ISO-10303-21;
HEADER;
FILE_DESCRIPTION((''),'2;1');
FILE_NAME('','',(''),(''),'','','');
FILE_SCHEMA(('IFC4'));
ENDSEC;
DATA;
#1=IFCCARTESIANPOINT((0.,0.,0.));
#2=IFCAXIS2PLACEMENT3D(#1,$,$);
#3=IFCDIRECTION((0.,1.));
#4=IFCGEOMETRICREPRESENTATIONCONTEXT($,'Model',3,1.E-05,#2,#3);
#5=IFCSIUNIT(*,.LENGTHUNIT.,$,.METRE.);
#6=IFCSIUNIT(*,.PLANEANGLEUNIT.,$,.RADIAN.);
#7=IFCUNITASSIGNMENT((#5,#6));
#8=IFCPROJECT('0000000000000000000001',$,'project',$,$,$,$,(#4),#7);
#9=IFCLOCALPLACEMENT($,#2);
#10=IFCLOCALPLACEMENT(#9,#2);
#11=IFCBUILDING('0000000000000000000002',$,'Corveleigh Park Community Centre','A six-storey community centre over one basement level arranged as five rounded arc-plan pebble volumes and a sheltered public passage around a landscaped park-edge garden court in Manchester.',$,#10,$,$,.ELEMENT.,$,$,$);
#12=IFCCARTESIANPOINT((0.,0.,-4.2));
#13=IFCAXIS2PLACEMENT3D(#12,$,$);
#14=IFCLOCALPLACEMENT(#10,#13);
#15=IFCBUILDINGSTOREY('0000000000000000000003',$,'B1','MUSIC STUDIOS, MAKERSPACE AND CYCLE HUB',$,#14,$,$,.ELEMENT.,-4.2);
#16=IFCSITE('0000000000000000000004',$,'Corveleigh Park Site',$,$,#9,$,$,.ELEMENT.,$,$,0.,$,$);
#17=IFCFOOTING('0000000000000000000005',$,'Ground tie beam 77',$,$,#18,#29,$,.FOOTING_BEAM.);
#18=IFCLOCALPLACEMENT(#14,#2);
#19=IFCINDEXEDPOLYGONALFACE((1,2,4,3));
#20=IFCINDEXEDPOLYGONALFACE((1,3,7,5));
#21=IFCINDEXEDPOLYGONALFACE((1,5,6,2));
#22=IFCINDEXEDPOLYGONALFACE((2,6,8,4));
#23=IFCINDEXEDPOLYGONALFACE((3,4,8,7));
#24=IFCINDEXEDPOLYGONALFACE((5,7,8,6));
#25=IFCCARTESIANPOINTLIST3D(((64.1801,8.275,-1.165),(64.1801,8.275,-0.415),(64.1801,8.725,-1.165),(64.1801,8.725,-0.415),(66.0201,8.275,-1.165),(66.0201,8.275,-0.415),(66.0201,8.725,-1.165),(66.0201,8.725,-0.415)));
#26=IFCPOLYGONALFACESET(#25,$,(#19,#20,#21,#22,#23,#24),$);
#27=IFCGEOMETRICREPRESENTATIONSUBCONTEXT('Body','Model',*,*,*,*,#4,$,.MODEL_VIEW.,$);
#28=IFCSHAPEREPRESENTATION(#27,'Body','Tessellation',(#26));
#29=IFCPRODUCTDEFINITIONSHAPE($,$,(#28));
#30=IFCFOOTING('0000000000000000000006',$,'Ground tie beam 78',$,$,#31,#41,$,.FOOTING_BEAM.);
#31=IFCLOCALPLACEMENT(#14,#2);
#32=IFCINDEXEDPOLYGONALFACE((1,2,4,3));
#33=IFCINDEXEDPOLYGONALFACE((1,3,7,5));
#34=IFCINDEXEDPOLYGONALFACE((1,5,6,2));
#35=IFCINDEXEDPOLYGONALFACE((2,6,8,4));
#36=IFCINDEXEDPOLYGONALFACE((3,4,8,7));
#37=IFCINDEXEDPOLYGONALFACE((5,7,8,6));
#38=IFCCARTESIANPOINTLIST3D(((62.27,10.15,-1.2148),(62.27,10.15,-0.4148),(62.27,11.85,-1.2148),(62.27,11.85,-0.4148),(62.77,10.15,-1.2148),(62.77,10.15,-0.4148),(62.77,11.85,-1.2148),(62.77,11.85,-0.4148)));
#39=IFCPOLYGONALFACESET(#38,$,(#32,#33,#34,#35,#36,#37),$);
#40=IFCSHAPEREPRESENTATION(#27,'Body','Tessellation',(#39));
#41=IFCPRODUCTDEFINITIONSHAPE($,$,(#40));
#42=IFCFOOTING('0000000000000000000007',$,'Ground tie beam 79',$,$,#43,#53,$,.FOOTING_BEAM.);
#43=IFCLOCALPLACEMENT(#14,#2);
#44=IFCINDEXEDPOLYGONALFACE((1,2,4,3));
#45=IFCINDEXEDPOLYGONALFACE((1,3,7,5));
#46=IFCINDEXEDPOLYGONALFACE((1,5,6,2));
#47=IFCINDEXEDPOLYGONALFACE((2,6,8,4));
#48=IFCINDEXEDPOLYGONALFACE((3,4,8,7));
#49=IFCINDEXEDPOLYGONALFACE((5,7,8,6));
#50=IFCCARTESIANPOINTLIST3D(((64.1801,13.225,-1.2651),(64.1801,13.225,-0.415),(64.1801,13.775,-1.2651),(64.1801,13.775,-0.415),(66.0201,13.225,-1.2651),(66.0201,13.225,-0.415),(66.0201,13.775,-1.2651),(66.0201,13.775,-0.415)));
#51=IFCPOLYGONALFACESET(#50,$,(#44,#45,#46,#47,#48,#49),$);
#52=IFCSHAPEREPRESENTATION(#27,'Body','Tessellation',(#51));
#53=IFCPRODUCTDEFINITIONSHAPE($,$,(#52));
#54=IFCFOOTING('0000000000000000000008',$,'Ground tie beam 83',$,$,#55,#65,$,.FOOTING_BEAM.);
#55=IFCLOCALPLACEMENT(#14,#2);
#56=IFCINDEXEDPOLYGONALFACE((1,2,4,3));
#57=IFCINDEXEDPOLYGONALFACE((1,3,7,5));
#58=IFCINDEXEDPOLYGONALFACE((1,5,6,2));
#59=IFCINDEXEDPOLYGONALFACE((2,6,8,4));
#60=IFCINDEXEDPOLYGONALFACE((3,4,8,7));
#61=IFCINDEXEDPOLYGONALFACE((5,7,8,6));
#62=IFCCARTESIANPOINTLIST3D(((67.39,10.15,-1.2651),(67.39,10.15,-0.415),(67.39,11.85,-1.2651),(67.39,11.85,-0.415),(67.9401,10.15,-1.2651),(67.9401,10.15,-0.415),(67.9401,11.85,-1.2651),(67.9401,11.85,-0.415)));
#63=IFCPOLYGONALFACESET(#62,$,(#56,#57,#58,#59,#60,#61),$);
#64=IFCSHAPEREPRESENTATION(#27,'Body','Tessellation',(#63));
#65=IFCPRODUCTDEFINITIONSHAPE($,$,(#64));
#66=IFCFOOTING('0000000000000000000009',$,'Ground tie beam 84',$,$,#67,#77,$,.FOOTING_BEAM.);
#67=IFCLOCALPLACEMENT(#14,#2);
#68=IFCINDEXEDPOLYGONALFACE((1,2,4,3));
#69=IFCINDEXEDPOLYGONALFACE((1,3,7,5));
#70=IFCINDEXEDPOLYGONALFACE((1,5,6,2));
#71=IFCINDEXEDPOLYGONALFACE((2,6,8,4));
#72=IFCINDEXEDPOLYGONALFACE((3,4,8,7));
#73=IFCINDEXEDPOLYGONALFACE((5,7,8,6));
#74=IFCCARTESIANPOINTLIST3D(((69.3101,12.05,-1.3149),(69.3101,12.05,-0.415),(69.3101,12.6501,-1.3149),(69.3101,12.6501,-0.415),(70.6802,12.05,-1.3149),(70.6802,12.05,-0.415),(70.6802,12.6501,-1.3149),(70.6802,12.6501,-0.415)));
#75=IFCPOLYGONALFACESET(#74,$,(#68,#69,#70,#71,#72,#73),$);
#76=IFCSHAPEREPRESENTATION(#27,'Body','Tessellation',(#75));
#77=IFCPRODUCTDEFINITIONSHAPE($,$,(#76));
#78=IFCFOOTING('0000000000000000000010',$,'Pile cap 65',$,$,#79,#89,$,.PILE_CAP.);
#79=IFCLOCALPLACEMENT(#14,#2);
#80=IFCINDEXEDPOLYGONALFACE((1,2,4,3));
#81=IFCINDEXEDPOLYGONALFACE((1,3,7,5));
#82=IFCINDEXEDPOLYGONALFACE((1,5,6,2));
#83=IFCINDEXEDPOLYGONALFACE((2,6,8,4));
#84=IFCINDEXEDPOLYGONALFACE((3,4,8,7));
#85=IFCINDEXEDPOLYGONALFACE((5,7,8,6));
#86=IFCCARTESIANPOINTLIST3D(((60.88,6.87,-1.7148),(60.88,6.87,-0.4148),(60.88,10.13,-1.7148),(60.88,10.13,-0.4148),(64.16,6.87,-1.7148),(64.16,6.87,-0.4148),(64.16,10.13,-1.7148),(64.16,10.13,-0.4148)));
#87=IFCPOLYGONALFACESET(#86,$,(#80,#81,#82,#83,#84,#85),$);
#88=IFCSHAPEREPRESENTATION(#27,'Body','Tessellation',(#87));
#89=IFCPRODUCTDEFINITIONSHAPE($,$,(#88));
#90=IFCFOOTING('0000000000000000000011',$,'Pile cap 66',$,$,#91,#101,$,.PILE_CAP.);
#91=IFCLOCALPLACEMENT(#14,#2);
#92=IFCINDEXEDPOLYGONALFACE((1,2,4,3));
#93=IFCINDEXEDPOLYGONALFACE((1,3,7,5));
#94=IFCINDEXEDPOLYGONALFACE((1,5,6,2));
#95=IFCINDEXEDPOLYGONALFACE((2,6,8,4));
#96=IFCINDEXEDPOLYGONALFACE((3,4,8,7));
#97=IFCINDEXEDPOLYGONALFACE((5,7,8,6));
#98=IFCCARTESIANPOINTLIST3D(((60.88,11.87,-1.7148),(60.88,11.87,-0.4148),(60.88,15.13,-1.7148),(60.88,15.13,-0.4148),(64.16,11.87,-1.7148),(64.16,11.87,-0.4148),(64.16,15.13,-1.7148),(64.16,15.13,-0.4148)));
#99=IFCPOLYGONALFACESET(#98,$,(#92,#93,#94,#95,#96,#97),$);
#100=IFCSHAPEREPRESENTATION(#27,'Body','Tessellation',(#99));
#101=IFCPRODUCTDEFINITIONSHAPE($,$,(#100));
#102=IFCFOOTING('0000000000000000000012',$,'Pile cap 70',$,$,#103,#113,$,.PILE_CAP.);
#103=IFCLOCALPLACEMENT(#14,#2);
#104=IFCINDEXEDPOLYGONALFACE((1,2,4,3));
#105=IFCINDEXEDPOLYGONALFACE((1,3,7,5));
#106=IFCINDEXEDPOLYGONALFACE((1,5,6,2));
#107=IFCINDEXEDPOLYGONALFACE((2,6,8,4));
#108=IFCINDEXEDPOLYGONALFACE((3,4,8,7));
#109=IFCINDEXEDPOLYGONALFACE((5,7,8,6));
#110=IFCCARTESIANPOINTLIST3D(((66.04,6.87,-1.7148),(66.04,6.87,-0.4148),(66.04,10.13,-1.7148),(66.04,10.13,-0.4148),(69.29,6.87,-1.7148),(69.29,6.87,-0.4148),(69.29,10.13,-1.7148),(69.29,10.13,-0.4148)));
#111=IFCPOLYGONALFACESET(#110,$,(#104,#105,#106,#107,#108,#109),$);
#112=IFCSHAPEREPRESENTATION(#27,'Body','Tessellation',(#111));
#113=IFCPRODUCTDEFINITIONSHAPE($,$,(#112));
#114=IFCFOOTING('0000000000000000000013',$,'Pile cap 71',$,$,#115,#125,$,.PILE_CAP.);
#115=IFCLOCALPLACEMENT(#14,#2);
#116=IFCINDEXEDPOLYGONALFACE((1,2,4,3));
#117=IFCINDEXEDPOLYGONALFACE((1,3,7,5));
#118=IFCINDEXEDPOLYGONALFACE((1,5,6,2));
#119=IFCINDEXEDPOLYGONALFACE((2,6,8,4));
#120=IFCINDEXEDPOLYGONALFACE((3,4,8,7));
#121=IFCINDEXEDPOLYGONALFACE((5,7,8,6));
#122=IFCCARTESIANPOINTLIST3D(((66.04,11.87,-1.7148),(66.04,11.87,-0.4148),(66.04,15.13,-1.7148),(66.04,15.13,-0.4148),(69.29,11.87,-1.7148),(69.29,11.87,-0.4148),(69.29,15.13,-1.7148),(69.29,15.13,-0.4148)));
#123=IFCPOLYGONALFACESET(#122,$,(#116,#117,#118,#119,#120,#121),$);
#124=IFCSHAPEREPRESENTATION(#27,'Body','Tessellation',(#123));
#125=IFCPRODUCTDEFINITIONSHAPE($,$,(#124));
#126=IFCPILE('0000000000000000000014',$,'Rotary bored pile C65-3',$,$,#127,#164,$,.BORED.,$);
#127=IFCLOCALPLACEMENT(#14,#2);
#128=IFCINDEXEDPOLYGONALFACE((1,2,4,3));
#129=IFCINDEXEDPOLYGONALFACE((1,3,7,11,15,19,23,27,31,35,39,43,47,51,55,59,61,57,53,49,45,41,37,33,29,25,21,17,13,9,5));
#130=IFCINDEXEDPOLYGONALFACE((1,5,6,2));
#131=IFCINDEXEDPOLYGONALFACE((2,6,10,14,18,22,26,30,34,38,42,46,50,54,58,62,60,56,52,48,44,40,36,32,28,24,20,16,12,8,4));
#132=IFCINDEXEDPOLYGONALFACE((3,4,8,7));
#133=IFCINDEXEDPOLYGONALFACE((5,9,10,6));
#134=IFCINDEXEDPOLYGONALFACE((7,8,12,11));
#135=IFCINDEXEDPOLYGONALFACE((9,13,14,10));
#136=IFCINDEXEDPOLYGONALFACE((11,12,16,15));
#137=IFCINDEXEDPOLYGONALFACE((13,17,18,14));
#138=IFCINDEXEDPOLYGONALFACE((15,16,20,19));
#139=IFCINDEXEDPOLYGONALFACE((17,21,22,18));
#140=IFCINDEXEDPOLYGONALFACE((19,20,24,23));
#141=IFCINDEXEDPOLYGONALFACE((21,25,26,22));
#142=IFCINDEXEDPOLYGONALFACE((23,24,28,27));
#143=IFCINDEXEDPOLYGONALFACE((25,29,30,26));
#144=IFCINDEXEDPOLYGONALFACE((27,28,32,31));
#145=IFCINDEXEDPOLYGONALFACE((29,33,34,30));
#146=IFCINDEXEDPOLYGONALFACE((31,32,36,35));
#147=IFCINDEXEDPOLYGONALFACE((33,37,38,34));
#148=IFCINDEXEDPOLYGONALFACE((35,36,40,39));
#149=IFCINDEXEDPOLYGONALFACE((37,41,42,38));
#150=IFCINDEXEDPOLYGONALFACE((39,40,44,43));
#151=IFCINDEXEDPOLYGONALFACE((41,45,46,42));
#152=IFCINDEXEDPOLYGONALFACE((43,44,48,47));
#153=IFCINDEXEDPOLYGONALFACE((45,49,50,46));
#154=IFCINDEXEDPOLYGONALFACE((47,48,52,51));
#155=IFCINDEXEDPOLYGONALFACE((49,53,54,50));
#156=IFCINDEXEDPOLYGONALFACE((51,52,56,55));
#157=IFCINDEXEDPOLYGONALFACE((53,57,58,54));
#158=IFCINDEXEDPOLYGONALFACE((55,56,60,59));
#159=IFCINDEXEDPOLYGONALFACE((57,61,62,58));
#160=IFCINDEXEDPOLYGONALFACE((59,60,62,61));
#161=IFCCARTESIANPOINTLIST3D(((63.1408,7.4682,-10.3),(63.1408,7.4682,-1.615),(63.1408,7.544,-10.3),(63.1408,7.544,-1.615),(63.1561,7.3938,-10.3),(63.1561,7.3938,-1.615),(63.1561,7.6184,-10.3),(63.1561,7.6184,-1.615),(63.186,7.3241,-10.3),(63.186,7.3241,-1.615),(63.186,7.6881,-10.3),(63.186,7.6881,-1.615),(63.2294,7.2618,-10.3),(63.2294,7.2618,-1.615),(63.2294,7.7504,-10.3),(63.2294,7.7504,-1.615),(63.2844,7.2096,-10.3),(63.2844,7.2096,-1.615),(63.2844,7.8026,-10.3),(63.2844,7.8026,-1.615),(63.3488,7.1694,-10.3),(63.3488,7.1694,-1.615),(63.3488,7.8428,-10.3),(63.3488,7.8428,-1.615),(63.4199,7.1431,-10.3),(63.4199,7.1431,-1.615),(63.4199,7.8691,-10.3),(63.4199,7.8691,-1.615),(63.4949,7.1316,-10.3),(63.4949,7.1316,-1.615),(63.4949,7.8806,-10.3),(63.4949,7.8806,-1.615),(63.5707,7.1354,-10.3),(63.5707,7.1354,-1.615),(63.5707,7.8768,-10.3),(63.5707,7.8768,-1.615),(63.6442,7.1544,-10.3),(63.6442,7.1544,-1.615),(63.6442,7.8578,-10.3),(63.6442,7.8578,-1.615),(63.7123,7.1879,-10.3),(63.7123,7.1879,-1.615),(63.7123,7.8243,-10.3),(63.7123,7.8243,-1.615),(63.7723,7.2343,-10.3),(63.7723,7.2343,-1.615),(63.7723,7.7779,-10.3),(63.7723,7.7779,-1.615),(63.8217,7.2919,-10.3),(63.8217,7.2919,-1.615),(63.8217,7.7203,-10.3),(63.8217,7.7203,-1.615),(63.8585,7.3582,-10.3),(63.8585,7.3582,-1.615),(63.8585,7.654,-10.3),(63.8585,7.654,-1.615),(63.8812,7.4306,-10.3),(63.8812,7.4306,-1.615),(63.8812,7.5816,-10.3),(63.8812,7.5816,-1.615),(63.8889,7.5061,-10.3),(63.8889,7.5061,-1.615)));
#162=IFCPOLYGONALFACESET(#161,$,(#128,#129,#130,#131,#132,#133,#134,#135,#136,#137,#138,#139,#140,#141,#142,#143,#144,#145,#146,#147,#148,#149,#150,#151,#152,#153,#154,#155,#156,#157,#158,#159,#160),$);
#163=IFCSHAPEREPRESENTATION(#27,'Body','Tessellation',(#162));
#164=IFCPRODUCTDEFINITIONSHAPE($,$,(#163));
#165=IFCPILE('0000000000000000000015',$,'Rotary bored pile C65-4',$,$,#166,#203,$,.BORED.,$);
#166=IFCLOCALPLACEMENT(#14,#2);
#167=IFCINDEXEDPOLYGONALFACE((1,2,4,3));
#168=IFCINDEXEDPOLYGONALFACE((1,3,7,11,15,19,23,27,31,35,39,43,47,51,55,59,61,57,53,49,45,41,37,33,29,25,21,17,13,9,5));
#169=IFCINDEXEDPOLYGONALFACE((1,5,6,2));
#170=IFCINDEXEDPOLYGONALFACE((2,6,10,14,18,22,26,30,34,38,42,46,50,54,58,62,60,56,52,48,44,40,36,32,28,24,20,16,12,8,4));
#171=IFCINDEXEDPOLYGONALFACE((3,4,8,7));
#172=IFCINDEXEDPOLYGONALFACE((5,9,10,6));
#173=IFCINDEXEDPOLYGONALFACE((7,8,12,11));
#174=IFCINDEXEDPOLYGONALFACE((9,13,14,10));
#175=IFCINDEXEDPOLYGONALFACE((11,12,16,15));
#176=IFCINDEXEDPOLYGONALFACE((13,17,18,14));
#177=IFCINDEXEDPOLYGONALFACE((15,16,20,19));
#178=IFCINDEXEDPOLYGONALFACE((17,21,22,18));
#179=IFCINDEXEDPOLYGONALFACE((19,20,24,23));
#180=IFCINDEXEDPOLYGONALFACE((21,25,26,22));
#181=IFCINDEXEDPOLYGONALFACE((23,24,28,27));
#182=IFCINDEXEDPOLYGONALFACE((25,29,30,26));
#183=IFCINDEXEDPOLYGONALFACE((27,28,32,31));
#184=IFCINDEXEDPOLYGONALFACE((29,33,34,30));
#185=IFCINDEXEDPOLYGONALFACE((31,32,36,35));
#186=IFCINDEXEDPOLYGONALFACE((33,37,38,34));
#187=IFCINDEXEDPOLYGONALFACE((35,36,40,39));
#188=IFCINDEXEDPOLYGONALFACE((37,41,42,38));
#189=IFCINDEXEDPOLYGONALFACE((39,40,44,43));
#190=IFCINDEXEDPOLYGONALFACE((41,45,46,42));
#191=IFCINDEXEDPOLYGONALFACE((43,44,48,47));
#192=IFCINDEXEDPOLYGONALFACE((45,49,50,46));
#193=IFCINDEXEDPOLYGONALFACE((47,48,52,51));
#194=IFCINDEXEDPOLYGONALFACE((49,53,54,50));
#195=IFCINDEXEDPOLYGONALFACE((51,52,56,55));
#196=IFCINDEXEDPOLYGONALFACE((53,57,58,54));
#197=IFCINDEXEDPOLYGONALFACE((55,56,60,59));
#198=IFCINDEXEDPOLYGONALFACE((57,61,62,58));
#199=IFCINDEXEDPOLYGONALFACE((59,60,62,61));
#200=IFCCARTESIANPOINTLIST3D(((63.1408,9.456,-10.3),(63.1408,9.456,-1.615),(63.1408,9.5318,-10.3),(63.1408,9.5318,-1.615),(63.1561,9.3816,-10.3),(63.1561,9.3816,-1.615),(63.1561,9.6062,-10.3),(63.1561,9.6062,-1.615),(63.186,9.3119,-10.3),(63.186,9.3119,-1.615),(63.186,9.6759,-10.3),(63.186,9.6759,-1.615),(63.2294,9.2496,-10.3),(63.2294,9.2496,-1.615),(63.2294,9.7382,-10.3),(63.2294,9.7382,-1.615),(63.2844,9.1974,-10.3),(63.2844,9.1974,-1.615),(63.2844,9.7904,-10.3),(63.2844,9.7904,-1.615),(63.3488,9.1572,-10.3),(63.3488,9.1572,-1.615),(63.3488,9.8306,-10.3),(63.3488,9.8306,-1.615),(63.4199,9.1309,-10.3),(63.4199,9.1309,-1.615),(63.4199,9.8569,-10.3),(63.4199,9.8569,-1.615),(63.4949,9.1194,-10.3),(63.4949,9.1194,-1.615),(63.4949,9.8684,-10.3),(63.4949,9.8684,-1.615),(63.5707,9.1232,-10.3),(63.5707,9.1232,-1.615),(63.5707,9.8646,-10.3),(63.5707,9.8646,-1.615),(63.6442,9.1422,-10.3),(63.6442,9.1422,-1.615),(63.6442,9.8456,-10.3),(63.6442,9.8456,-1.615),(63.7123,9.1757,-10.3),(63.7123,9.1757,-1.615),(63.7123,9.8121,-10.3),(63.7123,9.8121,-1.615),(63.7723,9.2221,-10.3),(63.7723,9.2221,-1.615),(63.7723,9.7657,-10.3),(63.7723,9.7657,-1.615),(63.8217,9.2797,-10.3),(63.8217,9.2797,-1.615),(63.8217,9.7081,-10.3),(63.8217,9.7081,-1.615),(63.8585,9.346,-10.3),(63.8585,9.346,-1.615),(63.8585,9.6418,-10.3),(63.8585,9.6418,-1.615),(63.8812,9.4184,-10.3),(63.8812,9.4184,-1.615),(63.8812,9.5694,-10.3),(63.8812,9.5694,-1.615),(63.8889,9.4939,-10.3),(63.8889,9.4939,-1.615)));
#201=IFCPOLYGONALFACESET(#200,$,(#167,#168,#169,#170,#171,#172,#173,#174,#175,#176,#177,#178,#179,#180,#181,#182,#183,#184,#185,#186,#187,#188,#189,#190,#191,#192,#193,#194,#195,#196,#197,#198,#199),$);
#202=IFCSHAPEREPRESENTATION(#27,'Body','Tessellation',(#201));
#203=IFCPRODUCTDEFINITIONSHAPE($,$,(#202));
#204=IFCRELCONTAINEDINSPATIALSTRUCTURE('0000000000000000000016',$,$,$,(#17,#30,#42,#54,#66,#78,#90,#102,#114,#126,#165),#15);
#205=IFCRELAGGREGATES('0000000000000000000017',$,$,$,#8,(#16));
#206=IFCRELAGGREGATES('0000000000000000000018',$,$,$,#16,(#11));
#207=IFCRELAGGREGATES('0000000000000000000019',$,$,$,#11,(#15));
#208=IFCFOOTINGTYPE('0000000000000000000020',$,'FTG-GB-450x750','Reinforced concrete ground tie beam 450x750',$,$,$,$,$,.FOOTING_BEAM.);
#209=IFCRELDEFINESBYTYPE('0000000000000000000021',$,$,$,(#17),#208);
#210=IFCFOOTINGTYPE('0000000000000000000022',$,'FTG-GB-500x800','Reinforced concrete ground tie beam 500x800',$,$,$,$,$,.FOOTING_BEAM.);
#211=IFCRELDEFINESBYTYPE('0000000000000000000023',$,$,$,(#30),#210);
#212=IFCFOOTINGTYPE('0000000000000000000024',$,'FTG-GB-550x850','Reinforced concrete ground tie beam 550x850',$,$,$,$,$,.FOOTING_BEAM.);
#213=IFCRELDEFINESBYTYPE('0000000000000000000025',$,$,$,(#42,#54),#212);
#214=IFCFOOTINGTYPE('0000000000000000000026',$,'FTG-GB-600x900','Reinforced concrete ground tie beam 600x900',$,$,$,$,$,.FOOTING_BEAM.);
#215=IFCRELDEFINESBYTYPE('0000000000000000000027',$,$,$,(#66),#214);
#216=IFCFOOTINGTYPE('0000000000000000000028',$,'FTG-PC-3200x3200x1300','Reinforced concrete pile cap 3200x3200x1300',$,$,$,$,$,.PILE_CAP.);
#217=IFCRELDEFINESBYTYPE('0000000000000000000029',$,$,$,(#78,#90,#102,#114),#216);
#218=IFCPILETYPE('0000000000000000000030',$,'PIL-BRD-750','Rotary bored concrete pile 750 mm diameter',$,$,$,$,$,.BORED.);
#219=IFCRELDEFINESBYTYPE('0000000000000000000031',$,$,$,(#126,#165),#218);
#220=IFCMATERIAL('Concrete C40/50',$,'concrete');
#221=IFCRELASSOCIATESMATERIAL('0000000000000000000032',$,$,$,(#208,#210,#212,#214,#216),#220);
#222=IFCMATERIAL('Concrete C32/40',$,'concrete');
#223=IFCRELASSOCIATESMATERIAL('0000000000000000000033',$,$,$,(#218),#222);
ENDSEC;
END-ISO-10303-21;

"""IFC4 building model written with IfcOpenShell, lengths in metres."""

from ifc_helpers import new_model, si_unit, direction, frame, origin, origin_2d, place, context, subcontext, project, spatial, rectangle, circle, extrude, material, material_profile, profile_set, type_object, element, save


model = new_model("IFC4")

# Units and contexts
model_context = context("Model", 3, precision=1e-05, world=origin(), true_north=direction((0.0, 1.0)))
body_context = subcontext(model_context, "Body", "Model", "MODEL_VIEW")
ifc_project = project(units=[si_unit("LENGTHUNIT", "METRE"), si_unit("PLANEANGLEUNIT", "RADIAN")], contexts=[model_context])

# Site, building, storey
site_placement = place(None, origin())
site = spatial("IfcSite", under=ifc_project, at=site_placement, Name="Corveleigh Park Site", CompositionType="ELEMENT", RefElevation=0.0)
building_placement = place(site_placement, origin())
building = spatial("IfcBuilding", under=site, at=building_placement, Name="Corveleigh Park Community Centre", Description="A six-storey community centre over one basement level arranged as five rounded arc-plan pebble volumes and a sheltered public passage around a landscaped park-edge garden court in Manchester.", CompositionType="ELEMENT")
storey_placement = place(building_placement, frame((0.0, 0.0, -4.2)))
storey = spatial("IfcBuildingStorey", under=building, at=storey_placement, Name="B1", Description="MUSIC STUDIOS, MAKERSPACE AND CYCLE HUB", CompositionType="ELEMENT", Elevation=-4.2)

# Footings
ifc_material_1 = material(Name="Concrete C40/50", Category="concrete")
footing_type_1 = type_object("IfcFootingType", Name="FTG-GB-450x750", Description="Reinforced concrete ground tie beam 450x750", PredefinedType="FOOTING_BEAM", material=ifc_material_1)
footing_1_placement = place(storey_placement, frame((65.1001, 8.5, -1.165), z_axis=(0.0, 0.0, 1.0), x_axis=(1.0, 0.0, 0.0)))
element("IfcFooting", 1, at=footing_1_placement, inside=storey, type_object=footing_type_1, Name="Ground tie beam 77", PredefinedType="FOOTING_BEAM", context=body_context, shape_type="SweptSolid", body=[
    extrude(rectangle(XDim=1.8401, YDim=0.45, at=origin_2d()), origin(), (0.0, 0.0, 1.0), 0.75),
])
footing_type_2 = type_object("IfcFootingType", Name="FTG-GB-500x800", Description="Reinforced concrete ground tie beam 500x800", PredefinedType="FOOTING_BEAM", material=ifc_material_1)
footing_2_placement = place(storey_placement, frame((62.52, 11.0, -1.2148), z_axis=(0.0, 0.0, 1.0), x_axis=(1.0, 0.0, 0.0)))
element("IfcFooting", 2, at=footing_2_placement, inside=storey, type_object=footing_type_2, Name="Ground tie beam 78", PredefinedType="FOOTING_BEAM", context=body_context, shape_type="SweptSolid", body=[
    extrude(rectangle(XDim=0.5, YDim=1.7, at=origin_2d()), origin(), (0.0, 0.0, 1.0), 0.8),
])
footing_type_3 = type_object("IfcFootingType", Name="FTG-GB-550x850", Description="Reinforced concrete ground tie beam 550x850", PredefinedType="FOOTING_BEAM", material=ifc_material_1)
footing_3_placement = place(storey_placement, frame((65.1001, 13.5, -1.2651), z_axis=(0.0, 0.0, 1.0), x_axis=(1.0, 0.0, 0.0)))
element("IfcFooting", 3, at=footing_3_placement, inside=storey, type_object=footing_type_3, Name="Ground tie beam 79", PredefinedType="FOOTING_BEAM", context=body_context, shape_type="SweptSolid", body=[
    extrude(rectangle(XDim=1.8401, YDim=0.55, at=origin_2d()), origin(), (0.0, 0.0, 1.0), 0.8501),
])
footing_4_placement = place(storey_placement, frame((67.665, 11.0, -1.2651), z_axis=(0.0, 0.0, 1.0), x_axis=(1.0, 0.0, 0.0)))
element("IfcFooting", 4, at=footing_4_placement, inside=storey, type_object=footing_type_3, Name="Ground tie beam 83", PredefinedType="FOOTING_BEAM", context=body_context, shape_type="SweptSolid", body=[
    extrude(rectangle(XDim=0.55, YDim=1.7, at=origin_2d()), origin(), (0.0, 0.0, 1.0), 0.8501),
])
footing_type_4 = type_object("IfcFootingType", Name="FTG-GB-600x900", Description="Reinforced concrete ground tie beam 600x900", PredefinedType="FOOTING_BEAM", material=ifc_material_1)
footing_5_placement = place(storey_placement, frame((69.9951, 12.3501, -1.3149), z_axis=(0.0, 0.0, 1.0), x_axis=(1.0, 0.0, 0.0)))
element("IfcFooting", 5, at=footing_5_placement, inside=storey, type_object=footing_type_4, Name="Ground tie beam 84", PredefinedType="FOOTING_BEAM", context=body_context, shape_type="SweptSolid", body=[
    extrude(rectangle(XDim=1.3701, YDim=0.6001, at=origin_2d()), origin(), (0.0, 0.0, 1.0), 0.8999),
])
footing_type_5 = type_object("IfcFootingType", Name="FTG-PC-3200x3200x1300", Description="Reinforced concrete pile cap 3200x3200x1300", PredefinedType="PILE_CAP", material=ifc_material_1)
for number, where, z_axis, x_axis, name in (
    (6, (62.52, 8.5, -1.7148), (0.0, 0.0, 1.0), (1.0, 0.0, 0.0), "Pile cap 65"),
    (7, (62.52, 13.5, -1.7148), (0.0, 0.0, 1.0), (1.0, 0.0, 0.0), "Pile cap 66"),
):
    element("IfcFooting", number, at=place(storey_placement, frame(where, z_axis=z_axis, x_axis=x_axis)), inside=storey, type_object=footing_type_5, Name=name, PredefinedType="PILE_CAP", context=body_context, shape_type="SweptSolid", body=[
        extrude(rectangle(XDim=3.28, YDim=3.26, at=origin_2d()), origin(), (0.0, 0.0, 1.0), 1.3),
    ])
for number, where, z_axis, x_axis, name in (
    (8, (67.665, 8.5, -1.7148), (0.0, 0.0, 1.0), (1.0, 0.0, 0.0), "Pile cap 70"),
    (9, (67.665, 13.5, -1.7148), (0.0, 0.0, 1.0), (1.0, 0.0, 0.0), "Pile cap 71"),
):
    element("IfcFooting", number, at=place(storey_placement, frame(where, z_axis=z_axis, x_axis=x_axis)), inside=storey, type_object=footing_type_5, Name=name, PredefinedType="PILE_CAP", context=body_context, shape_type="SweptSolid", body=[
        extrude(rectangle(XDim=3.25, YDim=3.26, at=origin_2d()), origin(), (0.0, 0.0, 1.0), 1.3),
    ])

# Piles
ifc_material_2 = material(Name="Concrete C32/40", Category="concrete")
ifc_material_profile_1 = material_profile(ifc_material_2, circle(Radius=0.375, at=origin_2d()), Name="BORED-PILE-750", Category="concrete")
ifc_profile_set_1 = profile_set([ifc_material_profile_1], Name="Concrete C32/40")
pile_type = type_object("IfcPileType", Name="PIL-BRD-750", Description="Rotary bored concrete pile 750 mm diameter", PredefinedType="BORED", material=ifc_profile_set_1)
for number, where, z_axis, x_axis, name in (
    (10, (63.5139, 7.5061, -1.615), (0.0, 0.0, -1.0), (1.0, 0.0, 0.0), "Rotary bored pile C65-3"),
    (11, (63.5139, 9.4939, -1.615), (0.0, 0.0, -1.0), (1.0, 0.0, 0.0), "Rotary bored pile C65-4"),
):
    element("IfcPile", number, at=place(storey_placement, frame(where, z_axis=z_axis, x_axis=x_axis)), inside=storey, type_object=pile_type, Name=name, PredefinedType="BORED", context=body_context, shape_type="SweptSolid", body=[
        extrude(circle(Radius=0.375, at=origin_2d()), origin(), (0.0, 0.0, 1.0), 8.6851),
    ])

save(model, "model.ifc")
